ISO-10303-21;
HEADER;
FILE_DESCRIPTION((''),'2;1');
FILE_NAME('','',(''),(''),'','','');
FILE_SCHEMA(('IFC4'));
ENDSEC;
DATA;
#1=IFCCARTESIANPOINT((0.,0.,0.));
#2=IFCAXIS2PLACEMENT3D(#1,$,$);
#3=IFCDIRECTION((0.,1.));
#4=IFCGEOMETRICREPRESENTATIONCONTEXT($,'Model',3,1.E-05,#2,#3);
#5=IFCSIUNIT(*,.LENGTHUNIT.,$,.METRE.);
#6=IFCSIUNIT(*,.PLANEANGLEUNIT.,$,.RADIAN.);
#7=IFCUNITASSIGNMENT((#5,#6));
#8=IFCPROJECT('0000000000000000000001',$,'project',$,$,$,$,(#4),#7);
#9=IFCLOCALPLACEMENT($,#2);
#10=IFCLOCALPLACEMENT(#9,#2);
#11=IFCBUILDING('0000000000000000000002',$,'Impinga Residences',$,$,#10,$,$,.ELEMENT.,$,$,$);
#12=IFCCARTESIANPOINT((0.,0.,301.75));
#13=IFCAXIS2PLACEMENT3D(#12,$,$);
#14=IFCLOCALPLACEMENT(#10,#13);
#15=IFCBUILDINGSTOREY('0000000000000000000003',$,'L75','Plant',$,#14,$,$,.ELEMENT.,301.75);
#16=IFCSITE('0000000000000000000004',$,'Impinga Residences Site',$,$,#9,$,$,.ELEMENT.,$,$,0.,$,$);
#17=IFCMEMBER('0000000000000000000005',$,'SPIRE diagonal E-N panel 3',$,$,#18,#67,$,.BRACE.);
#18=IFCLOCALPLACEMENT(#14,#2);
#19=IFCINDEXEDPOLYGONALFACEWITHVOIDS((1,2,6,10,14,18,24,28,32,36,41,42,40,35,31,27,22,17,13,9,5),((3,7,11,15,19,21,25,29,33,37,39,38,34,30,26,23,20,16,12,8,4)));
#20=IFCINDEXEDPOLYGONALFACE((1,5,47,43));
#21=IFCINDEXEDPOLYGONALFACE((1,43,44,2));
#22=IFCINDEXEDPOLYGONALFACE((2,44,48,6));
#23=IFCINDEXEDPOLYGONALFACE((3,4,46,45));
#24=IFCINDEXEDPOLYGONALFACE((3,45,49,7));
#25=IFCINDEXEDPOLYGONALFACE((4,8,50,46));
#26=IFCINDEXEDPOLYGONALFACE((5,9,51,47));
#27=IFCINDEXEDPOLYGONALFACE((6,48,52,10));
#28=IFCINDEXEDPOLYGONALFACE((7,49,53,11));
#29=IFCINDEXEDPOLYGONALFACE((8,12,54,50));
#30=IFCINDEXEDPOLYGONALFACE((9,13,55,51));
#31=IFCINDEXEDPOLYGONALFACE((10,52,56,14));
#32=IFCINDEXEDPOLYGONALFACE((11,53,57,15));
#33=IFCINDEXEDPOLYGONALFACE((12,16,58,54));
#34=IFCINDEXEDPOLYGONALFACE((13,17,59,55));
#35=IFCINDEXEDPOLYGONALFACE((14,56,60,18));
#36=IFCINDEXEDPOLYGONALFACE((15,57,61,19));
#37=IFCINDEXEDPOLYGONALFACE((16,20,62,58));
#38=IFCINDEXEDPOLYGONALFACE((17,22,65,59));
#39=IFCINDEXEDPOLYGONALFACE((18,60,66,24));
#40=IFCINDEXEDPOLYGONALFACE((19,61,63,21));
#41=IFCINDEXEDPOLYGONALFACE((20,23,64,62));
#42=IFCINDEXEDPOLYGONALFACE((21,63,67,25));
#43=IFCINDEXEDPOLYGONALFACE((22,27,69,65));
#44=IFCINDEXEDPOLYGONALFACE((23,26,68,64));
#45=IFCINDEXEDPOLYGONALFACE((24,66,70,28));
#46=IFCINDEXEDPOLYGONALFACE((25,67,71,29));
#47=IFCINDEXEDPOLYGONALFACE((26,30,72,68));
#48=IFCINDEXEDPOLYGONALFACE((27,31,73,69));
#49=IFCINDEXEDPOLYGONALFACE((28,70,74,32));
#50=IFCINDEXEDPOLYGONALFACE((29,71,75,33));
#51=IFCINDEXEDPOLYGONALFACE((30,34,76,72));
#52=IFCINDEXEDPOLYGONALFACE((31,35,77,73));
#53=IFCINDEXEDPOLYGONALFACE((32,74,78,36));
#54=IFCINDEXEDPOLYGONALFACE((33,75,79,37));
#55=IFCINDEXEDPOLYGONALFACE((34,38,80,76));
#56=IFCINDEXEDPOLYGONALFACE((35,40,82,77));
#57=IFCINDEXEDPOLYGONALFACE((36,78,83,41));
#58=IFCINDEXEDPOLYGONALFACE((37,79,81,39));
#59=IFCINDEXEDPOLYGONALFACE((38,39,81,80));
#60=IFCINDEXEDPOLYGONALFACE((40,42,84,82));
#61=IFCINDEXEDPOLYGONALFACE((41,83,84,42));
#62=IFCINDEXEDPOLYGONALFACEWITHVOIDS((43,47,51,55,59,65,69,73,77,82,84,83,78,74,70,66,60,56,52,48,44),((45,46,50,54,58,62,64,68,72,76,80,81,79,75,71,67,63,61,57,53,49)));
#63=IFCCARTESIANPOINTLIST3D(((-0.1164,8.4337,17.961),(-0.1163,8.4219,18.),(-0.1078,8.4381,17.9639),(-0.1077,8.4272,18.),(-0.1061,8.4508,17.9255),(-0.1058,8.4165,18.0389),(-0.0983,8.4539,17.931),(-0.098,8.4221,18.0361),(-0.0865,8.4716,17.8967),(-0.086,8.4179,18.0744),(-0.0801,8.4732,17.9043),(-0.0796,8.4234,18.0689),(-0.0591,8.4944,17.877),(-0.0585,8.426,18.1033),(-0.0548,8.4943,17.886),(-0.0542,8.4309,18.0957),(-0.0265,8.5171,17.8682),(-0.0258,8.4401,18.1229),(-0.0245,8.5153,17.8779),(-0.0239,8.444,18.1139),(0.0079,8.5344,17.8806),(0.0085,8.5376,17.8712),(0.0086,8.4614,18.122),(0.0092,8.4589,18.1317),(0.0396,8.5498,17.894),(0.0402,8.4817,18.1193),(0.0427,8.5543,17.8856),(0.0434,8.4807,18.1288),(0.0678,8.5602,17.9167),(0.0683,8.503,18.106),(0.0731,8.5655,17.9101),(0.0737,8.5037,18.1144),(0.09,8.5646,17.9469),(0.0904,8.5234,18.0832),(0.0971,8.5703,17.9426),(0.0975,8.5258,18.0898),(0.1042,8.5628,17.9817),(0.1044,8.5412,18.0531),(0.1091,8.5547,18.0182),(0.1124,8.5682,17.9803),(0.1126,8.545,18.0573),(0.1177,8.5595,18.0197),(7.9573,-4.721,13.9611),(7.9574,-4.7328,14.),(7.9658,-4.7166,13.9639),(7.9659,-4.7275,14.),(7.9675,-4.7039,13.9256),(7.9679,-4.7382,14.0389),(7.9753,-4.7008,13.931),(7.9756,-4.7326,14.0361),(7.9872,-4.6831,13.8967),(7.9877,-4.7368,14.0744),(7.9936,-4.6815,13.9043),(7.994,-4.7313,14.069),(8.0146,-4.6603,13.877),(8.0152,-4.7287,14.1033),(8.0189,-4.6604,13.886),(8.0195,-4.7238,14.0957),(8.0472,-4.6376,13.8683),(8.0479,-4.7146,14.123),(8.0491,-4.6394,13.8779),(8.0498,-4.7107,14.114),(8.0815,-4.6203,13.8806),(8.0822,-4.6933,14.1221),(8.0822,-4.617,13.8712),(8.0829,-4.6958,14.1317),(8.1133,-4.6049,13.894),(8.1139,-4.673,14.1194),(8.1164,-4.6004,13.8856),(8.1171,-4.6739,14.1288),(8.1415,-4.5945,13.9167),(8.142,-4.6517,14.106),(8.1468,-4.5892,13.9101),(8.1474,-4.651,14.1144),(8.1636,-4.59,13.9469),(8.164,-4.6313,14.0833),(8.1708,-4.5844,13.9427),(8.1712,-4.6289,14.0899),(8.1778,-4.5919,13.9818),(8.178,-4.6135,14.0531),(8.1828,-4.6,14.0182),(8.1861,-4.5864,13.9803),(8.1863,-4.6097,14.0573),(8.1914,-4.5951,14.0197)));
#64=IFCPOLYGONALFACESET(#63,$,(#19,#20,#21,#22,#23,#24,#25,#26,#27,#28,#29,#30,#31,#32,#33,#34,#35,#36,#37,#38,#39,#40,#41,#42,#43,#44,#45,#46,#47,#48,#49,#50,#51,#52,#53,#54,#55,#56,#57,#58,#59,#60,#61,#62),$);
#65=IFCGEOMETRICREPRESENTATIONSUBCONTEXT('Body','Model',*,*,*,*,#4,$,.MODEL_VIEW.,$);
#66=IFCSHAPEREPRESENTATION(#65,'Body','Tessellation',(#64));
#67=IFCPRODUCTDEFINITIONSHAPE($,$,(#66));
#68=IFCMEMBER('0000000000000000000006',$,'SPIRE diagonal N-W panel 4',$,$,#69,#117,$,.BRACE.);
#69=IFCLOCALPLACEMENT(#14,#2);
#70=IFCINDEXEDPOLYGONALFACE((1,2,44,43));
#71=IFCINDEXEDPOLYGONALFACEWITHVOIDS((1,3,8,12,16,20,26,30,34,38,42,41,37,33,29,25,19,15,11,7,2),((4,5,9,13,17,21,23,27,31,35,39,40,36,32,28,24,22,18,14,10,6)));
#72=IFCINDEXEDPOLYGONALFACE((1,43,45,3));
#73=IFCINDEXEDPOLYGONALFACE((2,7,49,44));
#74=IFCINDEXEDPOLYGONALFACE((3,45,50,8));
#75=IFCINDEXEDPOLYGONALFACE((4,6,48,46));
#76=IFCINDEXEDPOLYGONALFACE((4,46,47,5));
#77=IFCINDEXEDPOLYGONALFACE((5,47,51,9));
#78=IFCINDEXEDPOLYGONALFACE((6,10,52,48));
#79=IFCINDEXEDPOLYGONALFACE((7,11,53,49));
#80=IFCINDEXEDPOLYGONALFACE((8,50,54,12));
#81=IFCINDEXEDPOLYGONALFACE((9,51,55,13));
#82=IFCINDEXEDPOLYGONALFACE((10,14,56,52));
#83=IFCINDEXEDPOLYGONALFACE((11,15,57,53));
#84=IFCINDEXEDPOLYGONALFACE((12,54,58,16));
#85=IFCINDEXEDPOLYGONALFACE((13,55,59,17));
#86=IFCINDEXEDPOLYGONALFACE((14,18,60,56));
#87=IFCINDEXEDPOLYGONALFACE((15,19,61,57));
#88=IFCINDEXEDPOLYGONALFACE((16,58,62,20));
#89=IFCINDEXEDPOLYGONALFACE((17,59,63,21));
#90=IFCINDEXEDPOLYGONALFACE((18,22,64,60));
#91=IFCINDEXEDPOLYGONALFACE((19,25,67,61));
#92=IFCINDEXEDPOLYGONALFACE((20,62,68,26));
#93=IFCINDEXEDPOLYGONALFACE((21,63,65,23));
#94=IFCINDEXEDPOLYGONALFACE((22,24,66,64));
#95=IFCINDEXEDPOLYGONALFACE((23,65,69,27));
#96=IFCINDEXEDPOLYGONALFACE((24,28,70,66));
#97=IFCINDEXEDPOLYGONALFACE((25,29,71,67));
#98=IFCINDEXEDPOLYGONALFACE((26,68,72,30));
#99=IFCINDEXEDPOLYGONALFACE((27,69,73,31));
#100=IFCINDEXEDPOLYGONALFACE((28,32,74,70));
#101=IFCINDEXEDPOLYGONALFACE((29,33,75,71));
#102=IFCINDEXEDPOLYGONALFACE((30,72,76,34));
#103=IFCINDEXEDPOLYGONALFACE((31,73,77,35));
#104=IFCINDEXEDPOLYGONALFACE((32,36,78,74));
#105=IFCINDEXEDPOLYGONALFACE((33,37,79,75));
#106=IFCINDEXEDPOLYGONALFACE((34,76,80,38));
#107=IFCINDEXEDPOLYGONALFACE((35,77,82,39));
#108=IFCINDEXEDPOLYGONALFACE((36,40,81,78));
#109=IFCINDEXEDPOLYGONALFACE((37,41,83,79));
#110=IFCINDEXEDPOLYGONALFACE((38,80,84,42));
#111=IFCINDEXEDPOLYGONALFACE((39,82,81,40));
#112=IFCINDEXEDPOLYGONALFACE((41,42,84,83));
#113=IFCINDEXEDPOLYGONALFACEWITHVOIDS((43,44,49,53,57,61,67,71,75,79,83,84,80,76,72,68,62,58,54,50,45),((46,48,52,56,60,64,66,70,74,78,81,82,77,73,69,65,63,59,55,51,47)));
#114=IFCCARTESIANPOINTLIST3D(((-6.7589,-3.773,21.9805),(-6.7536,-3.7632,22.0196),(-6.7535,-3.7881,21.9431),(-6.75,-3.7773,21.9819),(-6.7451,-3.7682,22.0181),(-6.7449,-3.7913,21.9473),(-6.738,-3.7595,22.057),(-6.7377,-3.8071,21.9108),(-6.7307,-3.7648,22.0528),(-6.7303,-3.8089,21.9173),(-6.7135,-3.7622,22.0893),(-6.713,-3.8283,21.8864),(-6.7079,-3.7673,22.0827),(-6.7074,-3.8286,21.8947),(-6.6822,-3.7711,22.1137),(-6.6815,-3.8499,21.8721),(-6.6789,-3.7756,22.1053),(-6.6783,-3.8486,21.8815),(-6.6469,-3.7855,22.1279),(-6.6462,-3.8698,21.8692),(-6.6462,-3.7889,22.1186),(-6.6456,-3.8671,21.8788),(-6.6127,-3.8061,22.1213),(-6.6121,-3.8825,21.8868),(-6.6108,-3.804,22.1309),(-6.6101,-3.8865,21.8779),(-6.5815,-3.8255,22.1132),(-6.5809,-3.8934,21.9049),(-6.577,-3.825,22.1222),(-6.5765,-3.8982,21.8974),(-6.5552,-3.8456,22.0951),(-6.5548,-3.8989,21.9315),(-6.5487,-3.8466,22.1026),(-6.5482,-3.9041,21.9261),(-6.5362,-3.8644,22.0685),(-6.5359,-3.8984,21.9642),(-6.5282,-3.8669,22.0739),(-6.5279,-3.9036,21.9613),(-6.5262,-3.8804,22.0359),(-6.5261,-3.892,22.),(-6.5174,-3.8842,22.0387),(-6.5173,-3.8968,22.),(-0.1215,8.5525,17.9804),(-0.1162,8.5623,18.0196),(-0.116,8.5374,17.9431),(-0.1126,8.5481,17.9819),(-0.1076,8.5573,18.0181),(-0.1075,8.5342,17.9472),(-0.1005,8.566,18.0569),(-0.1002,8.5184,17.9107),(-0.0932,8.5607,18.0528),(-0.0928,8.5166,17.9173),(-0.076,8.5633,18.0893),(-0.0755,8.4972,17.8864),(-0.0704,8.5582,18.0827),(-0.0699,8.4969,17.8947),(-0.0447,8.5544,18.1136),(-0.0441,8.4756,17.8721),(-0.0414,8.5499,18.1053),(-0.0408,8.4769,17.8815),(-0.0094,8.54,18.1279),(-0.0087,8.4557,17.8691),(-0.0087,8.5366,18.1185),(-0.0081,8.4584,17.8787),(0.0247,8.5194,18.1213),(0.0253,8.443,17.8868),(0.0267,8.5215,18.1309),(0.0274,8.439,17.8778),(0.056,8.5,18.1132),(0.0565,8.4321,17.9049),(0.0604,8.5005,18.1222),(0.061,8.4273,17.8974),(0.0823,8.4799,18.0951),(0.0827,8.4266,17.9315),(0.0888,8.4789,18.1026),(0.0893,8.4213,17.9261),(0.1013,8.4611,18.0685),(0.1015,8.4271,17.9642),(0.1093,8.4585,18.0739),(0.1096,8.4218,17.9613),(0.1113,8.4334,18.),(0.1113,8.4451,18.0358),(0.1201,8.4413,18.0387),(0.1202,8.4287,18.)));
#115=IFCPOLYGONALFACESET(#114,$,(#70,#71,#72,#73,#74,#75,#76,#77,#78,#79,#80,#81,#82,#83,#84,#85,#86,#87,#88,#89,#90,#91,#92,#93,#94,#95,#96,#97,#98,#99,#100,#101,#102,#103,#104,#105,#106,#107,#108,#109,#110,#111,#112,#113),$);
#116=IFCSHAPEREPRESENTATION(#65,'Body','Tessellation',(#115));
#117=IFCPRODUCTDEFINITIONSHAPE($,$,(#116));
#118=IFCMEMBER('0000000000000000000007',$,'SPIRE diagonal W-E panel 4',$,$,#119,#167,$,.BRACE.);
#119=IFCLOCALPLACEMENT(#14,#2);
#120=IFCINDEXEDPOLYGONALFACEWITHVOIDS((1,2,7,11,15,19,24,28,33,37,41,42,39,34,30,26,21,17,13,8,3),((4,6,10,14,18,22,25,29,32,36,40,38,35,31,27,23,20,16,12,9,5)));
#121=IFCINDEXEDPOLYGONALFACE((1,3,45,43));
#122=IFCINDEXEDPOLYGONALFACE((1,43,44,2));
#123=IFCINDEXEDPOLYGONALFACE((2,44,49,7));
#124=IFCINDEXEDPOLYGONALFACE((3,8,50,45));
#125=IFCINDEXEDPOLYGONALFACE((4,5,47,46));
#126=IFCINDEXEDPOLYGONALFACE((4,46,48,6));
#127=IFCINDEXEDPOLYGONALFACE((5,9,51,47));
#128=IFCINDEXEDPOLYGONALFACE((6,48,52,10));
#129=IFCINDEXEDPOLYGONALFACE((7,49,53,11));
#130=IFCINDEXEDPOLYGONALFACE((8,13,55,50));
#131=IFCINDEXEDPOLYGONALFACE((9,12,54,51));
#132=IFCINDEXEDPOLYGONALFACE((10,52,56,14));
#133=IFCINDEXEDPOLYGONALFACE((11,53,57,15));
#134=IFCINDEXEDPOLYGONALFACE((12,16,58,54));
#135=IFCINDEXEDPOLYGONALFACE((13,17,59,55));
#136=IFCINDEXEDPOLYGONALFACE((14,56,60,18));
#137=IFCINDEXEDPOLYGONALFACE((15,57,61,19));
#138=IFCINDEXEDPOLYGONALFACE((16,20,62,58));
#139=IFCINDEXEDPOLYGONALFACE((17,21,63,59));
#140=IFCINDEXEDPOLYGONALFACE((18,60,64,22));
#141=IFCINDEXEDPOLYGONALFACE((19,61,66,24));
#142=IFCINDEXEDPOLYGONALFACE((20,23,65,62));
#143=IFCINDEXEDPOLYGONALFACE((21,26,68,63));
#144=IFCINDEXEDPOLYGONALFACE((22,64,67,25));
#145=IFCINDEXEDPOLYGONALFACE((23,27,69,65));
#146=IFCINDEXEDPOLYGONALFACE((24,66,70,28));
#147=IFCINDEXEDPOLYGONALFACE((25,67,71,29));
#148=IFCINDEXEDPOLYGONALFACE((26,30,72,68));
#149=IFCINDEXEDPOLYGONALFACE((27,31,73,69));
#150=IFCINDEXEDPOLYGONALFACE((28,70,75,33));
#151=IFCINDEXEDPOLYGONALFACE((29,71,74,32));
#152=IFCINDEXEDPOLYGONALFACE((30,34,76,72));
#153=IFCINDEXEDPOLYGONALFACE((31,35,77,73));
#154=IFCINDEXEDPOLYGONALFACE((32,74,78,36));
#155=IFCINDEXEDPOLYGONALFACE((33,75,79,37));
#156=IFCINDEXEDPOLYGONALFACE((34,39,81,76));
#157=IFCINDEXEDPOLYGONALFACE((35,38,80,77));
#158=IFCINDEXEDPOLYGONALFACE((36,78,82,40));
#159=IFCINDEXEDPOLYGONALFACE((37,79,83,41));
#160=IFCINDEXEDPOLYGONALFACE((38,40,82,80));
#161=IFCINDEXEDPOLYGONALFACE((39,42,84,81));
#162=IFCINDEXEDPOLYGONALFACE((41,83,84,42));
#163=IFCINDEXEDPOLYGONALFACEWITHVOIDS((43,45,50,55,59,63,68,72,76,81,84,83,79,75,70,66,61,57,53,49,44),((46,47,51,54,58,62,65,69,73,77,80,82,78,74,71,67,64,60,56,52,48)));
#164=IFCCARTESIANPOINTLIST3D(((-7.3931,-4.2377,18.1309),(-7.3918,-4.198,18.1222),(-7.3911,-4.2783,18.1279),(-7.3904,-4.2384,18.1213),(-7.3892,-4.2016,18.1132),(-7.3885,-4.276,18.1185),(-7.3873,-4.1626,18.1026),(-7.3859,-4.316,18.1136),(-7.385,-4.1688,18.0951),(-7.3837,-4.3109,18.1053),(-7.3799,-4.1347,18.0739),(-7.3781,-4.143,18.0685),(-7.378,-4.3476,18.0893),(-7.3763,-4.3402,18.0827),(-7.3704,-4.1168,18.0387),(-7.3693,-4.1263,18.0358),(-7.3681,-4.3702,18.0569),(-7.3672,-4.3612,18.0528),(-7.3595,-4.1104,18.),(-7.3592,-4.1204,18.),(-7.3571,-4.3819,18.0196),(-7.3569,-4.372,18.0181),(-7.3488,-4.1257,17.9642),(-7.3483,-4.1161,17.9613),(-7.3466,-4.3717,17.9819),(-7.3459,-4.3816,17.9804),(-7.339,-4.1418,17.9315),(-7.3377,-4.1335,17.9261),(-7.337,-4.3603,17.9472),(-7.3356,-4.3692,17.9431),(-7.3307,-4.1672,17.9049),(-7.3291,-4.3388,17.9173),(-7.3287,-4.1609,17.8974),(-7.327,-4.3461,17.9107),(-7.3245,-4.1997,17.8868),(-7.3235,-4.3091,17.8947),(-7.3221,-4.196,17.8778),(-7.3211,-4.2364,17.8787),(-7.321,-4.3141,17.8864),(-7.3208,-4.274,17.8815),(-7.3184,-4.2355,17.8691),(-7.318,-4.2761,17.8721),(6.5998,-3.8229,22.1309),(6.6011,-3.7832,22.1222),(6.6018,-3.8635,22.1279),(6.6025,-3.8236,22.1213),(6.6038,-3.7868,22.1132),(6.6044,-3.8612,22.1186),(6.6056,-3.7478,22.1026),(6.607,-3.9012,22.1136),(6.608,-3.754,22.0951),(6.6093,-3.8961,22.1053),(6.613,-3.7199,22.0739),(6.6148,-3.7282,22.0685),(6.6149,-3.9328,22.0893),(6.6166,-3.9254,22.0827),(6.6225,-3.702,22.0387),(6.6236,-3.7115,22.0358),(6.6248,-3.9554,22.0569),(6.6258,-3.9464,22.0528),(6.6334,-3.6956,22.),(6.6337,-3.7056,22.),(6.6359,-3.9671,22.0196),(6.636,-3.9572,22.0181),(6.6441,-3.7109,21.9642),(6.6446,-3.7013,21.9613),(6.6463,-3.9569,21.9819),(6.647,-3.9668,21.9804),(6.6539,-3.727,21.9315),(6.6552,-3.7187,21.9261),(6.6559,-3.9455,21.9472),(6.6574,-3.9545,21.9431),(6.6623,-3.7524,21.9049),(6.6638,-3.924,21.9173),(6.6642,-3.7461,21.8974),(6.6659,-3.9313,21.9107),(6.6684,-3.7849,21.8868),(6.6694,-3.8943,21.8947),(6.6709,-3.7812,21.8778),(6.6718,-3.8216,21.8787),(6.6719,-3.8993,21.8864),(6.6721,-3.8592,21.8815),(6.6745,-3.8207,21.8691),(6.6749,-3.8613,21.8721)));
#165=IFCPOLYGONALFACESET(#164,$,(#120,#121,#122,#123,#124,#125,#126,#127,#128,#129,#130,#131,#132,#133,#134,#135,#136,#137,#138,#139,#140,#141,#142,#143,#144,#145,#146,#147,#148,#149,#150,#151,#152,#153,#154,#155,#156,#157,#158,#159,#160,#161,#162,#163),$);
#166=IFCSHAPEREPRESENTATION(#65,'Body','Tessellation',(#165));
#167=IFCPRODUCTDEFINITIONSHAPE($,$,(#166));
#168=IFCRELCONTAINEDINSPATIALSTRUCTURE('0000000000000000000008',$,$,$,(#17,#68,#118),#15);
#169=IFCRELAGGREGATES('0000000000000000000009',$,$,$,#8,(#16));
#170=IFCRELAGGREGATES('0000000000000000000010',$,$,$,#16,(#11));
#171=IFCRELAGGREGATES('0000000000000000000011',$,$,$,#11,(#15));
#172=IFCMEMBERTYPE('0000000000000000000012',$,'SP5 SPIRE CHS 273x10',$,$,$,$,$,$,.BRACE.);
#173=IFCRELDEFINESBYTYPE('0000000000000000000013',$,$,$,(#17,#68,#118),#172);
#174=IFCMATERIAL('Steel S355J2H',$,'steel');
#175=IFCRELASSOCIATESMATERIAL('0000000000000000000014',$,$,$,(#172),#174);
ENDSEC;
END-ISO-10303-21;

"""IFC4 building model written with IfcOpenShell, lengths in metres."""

from ifc_helpers import new_model, si_unit, direction, frame, origin, origin_2d, place, context, subcontext, project, spatial, hollow_circle, extrude, material, material_profile, profile_set, type_object, element, save


model = new_model("IFC4")

# Units and contexts
model_context = context("Model", 3, precision=1e-05, world=origin(), true_north=direction((0.0, 1.0)))
body_context = subcontext(model_context, "Body", "Model", "MODEL_VIEW")
ifc_project = project(units=[si_unit("LENGTHUNIT", "METRE"), si_unit("PLANEANGLEUNIT", "RADIAN")], contexts=[model_context])

# Site, building, storey
site_placement = place(None, origin())
site = spatial("IfcSite", under=ifc_project, at=site_placement, Name="Impinga Residences Site", CompositionType="ELEMENT", RefElevation=0.0)
building_placement = place(site_placement, origin())
building = spatial("IfcBuilding", under=site, at=building_placement, Name="Impinga Residences", CompositionType="ELEMENT")
storey_placement = place(building_placement, frame((0.0, 0.0, 301.75)))
storey = spatial("IfcBuildingStorey", under=building, at=storey_placement, Name="L75", Description="Plant", CompositionType="ELEMENT", Elevation=301.75)

# Members
ifc_material = material(Name="Steel S355J2H", Category="steel")
ifc_material_profile_1 = material_profile(ifc_material, hollow_circle(Radius=0.1365, WallThickness=0.01, at=origin_2d()), Name="CHS 273x10")
ifc_profile_set_1 = profile_set([ifc_material_profile_1], Name="Steel S355J2H")
member_type_1 = type_object("IfcMemberType", Name="SP5 SPIRE CHS 273x10", PredefinedType="BRACE", material=ifc_profile_set_1)
for number, where, z_axis, x_axis, name in (
    (1, (8.0737, -4.6614, 14.0), (-0.506358, 0.825026, 0.250867), (-0.85228, -0.523086, 0.0), "SPIRE diagonal E-N panel 3"),
):
    element("IfcMember", number, at=place(storey_placement, frame(where, z_axis=z_axis, x_axis=x_axis)), inside=storey, type_object=member_type_1, Name=name, PredefinedType="BRACE", context=body_context, shape_type="SweptSolid", body=[
        extrude(hollow_circle(Radius=0.1365, WallThickness=0.01, at=origin_2d()), origin(), (0.0, 0.0, 1.0), 15.9446),
    ])
for number, where, z_axis, x_axis, name in (
    (2, (0.0, 8.4934, 18.0), (-0.455892, -0.84657, 0.274739), (0.880451, -0.474137, 0.0), "SPIRE diagonal N-W panel 4"),
    (3, (-7.3555, -4.2468, 18.0), (0.961097, 0.02849, 0.274738), (-0.02963, 0.999561, 0.0), "SPIRE diagonal W-E panel 4"),
):
    element("IfcMember", number, at=place(storey_placement, frame(where, z_axis=z_axis, x_axis=x_axis)), inside=storey, type_object=member_type_1, Name=name, PredefinedType="BRACE", context=body_context, shape_type="SweptSolid", body=[
        extrude(hollow_circle(Radius=0.1365, WallThickness=0.01, at=origin_2d()), origin(), (0.0, 0.0, 1.0), 14.5593),
    ])

save(model, "model.ifc")
